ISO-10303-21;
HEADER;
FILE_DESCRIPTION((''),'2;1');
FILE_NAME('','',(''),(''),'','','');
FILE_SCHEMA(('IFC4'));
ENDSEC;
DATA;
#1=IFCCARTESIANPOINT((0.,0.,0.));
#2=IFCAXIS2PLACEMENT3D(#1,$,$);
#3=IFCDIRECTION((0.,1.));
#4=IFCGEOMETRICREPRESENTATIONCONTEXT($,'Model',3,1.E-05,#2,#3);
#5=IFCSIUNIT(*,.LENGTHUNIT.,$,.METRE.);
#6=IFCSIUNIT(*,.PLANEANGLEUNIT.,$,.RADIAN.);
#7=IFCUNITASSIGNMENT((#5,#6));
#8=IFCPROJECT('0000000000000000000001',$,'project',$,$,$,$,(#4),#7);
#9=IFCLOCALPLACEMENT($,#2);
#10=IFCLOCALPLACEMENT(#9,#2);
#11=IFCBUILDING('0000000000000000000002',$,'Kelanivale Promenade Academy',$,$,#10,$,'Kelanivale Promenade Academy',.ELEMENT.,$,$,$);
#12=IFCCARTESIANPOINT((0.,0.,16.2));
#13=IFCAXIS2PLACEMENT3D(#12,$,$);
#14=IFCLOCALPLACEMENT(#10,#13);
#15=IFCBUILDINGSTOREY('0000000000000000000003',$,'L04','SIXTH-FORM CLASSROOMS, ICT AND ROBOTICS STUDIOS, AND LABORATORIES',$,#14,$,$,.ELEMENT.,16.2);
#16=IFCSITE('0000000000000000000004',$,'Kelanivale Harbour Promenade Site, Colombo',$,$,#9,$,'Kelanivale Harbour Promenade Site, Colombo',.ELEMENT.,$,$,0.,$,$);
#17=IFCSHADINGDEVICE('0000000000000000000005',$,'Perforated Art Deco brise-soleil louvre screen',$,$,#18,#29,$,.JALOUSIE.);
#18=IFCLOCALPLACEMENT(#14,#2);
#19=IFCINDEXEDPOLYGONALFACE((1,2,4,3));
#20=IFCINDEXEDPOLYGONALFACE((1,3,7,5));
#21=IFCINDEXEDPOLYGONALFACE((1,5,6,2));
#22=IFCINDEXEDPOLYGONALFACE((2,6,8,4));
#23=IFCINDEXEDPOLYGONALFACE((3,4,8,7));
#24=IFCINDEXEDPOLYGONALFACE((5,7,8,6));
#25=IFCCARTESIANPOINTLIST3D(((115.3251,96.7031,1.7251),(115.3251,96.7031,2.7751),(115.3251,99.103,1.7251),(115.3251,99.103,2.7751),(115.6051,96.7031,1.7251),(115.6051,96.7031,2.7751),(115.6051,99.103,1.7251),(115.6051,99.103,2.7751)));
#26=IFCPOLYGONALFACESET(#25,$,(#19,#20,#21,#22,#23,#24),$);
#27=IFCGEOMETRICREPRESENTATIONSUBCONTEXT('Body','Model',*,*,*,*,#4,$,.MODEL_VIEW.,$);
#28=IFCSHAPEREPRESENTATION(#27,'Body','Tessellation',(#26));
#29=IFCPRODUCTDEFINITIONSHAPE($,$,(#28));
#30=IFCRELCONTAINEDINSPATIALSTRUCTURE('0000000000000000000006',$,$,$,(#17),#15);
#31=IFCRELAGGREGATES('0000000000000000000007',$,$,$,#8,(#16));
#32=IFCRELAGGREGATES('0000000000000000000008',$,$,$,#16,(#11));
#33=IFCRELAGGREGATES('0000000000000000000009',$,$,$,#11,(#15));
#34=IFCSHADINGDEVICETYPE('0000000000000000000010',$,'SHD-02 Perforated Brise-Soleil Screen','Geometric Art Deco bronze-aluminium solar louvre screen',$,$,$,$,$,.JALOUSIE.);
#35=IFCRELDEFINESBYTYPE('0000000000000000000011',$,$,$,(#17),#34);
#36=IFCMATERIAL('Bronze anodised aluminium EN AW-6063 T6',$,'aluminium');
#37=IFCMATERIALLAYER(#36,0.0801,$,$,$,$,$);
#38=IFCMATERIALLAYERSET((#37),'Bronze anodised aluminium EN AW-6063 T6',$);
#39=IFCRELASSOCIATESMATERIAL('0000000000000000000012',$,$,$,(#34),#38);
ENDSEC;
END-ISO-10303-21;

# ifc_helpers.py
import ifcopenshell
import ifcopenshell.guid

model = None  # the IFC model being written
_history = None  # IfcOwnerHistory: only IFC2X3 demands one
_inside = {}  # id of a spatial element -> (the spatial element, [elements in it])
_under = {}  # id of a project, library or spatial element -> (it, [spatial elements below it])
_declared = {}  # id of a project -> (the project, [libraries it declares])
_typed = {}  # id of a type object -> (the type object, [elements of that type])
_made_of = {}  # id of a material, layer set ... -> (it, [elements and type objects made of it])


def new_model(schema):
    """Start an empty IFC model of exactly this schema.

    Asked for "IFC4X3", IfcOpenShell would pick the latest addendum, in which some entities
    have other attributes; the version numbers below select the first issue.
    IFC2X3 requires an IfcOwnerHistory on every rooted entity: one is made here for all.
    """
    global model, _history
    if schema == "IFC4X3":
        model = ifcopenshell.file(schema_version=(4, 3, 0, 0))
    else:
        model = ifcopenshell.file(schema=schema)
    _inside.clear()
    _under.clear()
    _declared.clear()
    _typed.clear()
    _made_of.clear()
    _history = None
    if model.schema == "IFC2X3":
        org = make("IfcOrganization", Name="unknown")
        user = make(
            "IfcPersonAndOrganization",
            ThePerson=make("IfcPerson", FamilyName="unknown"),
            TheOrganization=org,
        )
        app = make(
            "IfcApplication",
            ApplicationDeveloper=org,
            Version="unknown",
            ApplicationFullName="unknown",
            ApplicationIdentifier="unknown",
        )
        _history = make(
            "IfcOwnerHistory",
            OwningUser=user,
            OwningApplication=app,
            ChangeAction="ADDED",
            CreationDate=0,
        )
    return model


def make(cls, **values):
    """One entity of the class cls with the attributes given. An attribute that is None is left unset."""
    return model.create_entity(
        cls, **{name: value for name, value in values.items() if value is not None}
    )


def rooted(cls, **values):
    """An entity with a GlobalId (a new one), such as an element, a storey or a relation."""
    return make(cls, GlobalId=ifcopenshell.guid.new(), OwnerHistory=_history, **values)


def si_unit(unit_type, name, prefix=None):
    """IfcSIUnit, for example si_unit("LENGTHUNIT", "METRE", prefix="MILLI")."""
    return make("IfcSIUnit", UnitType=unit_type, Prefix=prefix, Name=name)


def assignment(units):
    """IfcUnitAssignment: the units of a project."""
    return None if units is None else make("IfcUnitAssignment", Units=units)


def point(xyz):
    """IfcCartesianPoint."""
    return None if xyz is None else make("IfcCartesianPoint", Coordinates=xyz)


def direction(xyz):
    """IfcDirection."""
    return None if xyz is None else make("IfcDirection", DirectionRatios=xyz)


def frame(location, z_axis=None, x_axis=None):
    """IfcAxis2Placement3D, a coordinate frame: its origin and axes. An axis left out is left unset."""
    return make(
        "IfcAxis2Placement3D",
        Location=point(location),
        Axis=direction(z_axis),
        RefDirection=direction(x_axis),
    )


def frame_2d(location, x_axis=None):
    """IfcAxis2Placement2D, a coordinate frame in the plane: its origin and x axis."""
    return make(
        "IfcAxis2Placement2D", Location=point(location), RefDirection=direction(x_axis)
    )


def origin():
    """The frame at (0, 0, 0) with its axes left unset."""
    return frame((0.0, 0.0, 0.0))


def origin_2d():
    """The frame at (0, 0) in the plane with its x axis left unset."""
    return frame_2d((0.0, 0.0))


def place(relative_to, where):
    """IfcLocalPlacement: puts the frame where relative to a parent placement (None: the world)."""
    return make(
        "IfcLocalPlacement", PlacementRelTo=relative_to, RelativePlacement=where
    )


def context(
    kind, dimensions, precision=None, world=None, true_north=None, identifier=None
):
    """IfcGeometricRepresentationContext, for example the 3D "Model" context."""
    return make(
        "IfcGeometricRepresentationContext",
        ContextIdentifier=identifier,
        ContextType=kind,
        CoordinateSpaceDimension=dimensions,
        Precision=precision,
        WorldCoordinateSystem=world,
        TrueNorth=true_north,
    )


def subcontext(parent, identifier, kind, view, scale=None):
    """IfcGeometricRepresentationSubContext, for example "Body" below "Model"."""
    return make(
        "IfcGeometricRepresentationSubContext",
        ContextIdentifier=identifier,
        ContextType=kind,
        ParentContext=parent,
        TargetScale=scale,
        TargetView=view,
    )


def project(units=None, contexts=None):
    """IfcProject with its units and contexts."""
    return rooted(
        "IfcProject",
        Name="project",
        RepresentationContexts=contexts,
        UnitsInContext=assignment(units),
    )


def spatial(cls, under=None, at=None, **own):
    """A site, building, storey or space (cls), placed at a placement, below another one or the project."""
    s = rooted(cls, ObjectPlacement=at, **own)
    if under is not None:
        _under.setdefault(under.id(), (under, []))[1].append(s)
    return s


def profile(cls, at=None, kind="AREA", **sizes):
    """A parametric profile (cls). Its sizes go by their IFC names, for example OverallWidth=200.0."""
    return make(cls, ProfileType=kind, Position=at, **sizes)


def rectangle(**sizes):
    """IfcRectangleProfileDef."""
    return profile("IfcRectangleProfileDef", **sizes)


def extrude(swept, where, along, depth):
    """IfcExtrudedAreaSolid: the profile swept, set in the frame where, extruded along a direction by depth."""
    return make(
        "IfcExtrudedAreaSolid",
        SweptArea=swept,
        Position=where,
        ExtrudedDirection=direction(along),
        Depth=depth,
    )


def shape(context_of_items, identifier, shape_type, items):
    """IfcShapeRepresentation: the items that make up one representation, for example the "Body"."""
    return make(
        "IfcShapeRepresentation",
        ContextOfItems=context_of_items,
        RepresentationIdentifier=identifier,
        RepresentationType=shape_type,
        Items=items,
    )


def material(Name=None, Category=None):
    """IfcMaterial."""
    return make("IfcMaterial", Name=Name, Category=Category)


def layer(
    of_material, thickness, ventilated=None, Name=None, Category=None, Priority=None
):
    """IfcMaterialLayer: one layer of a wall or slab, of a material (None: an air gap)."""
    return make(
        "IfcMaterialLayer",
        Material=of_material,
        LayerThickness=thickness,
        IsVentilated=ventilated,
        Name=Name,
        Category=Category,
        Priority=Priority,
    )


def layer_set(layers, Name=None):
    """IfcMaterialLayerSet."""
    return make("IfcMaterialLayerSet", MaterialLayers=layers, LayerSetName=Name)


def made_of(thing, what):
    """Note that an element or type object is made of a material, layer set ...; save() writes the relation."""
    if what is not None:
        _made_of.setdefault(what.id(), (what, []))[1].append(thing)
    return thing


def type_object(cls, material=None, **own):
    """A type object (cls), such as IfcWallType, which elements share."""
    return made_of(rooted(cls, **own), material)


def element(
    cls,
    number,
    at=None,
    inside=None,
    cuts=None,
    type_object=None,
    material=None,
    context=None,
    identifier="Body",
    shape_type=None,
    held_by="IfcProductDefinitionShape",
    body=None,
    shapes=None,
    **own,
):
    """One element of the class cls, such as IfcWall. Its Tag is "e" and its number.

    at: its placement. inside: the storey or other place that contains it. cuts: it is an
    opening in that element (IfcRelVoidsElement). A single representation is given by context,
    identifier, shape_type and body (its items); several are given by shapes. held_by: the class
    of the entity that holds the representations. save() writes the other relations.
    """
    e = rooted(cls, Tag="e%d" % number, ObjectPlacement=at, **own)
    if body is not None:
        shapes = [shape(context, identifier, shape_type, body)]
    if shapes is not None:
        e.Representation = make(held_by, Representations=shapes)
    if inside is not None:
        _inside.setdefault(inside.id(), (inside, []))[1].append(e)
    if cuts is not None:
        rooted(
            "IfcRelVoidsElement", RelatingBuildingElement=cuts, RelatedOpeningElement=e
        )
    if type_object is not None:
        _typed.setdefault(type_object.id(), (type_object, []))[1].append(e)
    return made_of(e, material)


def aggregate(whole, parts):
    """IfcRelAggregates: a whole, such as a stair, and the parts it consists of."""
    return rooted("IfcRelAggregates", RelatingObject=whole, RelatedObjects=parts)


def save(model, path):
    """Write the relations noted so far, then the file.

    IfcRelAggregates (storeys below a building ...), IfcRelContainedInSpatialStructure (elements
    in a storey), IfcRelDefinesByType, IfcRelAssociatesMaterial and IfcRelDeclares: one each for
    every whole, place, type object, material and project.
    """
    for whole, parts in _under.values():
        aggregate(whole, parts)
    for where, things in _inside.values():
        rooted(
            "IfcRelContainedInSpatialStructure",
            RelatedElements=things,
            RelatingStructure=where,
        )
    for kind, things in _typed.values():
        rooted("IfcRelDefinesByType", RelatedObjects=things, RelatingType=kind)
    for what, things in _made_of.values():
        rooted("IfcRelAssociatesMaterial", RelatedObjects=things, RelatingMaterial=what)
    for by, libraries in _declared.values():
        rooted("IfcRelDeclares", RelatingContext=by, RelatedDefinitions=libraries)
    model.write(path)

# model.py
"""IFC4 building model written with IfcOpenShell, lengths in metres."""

from ifc_helpers import new_model, si_unit, direction, frame, origin, origin_2d, place, context, subcontext, project, spatial, rectangle, extrude, material, layer, layer_set, type_object, element, save


model = new_model("IFC4")

# Units and contexts
model_context = context("Model", 3, precision=1e-05, world=origin(), true_north=direction((0.0, 1.0)))
body_context = subcontext(model_context, "Body", "Model", "MODEL_VIEW")
ifc_project = project(units=[si_unit("LENGTHUNIT", "METRE"), si_unit("PLANEANGLEUNIT", "RADIAN")], contexts=[model_context])

# Site, building, storey
site_placement = place(None, origin())
site = spatial("IfcSite", under=ifc_project, at=site_placement, Name="Kelanivale Harbour Promenade Site, Colombo", LongName="Kelanivale Harbour Promenade Site, Colombo", CompositionType="ELEMENT", RefElevation=0.0)
building_placement = place(site_placement, origin())
building = spatial("IfcBuilding", under=site, at=building_placement, Name="Kelanivale Promenade Academy", LongName="Kelanivale Promenade Academy", CompositionType="ELEMENT")
storey_placement = place(building_placement, frame((0.0, 0.0, 16.2)))
storey = spatial("IfcBuildingStorey", under=building, at=storey_placement, Name="L04", Description="SIXTH-FORM CLASSROOMS, ICT AND ROBOTICS STUDIOS, AND LABORATORIES", CompositionType="ELEMENT", Elevation=16.2)

# Shading device
ifc_material_1 = material(Name="Bronze anodised aluminium EN AW-6063 T6", Category="aluminium")
ifc_layer_1 = layer(ifc_material_1, 0.0801)
ifc_layer_set_1 = layer_set([ifc_layer_1], Name="Bronze anodised aluminium EN AW-6063 T6")
shading_device_type_1 = type_object("IfcShadingDeviceType", Name="SHD-02 Perforated Brise-Soleil Screen", Description="Geometric Art Deco bronze-aluminium solar louvre screen", PredefinedType="JALOUSIE", material=ifc_layer_set_1)
shading_device_1_placement = place(storey_placement, frame((115.4651, 97.9031, 1.7251), z_axis=(0.0, 0.0, 1.0), x_axis=(0.0, -1.0, 0.0)))
element("IfcShadingDevice", 1, at=shading_device_1_placement, inside=storey, type_object=shading_device_type_1, Name="Perforated Art Deco brise-soleil louvre screen", PredefinedType="JALOUSIE", context=body_context, shape_type="SweptSolid", body=[
    extrude(rectangle(XDim=2.3999, YDim=0.28, at=origin_2d()), origin(), (0.0, 0.0, 1.0), 1.05),
])

save(model, "model.ifc")
